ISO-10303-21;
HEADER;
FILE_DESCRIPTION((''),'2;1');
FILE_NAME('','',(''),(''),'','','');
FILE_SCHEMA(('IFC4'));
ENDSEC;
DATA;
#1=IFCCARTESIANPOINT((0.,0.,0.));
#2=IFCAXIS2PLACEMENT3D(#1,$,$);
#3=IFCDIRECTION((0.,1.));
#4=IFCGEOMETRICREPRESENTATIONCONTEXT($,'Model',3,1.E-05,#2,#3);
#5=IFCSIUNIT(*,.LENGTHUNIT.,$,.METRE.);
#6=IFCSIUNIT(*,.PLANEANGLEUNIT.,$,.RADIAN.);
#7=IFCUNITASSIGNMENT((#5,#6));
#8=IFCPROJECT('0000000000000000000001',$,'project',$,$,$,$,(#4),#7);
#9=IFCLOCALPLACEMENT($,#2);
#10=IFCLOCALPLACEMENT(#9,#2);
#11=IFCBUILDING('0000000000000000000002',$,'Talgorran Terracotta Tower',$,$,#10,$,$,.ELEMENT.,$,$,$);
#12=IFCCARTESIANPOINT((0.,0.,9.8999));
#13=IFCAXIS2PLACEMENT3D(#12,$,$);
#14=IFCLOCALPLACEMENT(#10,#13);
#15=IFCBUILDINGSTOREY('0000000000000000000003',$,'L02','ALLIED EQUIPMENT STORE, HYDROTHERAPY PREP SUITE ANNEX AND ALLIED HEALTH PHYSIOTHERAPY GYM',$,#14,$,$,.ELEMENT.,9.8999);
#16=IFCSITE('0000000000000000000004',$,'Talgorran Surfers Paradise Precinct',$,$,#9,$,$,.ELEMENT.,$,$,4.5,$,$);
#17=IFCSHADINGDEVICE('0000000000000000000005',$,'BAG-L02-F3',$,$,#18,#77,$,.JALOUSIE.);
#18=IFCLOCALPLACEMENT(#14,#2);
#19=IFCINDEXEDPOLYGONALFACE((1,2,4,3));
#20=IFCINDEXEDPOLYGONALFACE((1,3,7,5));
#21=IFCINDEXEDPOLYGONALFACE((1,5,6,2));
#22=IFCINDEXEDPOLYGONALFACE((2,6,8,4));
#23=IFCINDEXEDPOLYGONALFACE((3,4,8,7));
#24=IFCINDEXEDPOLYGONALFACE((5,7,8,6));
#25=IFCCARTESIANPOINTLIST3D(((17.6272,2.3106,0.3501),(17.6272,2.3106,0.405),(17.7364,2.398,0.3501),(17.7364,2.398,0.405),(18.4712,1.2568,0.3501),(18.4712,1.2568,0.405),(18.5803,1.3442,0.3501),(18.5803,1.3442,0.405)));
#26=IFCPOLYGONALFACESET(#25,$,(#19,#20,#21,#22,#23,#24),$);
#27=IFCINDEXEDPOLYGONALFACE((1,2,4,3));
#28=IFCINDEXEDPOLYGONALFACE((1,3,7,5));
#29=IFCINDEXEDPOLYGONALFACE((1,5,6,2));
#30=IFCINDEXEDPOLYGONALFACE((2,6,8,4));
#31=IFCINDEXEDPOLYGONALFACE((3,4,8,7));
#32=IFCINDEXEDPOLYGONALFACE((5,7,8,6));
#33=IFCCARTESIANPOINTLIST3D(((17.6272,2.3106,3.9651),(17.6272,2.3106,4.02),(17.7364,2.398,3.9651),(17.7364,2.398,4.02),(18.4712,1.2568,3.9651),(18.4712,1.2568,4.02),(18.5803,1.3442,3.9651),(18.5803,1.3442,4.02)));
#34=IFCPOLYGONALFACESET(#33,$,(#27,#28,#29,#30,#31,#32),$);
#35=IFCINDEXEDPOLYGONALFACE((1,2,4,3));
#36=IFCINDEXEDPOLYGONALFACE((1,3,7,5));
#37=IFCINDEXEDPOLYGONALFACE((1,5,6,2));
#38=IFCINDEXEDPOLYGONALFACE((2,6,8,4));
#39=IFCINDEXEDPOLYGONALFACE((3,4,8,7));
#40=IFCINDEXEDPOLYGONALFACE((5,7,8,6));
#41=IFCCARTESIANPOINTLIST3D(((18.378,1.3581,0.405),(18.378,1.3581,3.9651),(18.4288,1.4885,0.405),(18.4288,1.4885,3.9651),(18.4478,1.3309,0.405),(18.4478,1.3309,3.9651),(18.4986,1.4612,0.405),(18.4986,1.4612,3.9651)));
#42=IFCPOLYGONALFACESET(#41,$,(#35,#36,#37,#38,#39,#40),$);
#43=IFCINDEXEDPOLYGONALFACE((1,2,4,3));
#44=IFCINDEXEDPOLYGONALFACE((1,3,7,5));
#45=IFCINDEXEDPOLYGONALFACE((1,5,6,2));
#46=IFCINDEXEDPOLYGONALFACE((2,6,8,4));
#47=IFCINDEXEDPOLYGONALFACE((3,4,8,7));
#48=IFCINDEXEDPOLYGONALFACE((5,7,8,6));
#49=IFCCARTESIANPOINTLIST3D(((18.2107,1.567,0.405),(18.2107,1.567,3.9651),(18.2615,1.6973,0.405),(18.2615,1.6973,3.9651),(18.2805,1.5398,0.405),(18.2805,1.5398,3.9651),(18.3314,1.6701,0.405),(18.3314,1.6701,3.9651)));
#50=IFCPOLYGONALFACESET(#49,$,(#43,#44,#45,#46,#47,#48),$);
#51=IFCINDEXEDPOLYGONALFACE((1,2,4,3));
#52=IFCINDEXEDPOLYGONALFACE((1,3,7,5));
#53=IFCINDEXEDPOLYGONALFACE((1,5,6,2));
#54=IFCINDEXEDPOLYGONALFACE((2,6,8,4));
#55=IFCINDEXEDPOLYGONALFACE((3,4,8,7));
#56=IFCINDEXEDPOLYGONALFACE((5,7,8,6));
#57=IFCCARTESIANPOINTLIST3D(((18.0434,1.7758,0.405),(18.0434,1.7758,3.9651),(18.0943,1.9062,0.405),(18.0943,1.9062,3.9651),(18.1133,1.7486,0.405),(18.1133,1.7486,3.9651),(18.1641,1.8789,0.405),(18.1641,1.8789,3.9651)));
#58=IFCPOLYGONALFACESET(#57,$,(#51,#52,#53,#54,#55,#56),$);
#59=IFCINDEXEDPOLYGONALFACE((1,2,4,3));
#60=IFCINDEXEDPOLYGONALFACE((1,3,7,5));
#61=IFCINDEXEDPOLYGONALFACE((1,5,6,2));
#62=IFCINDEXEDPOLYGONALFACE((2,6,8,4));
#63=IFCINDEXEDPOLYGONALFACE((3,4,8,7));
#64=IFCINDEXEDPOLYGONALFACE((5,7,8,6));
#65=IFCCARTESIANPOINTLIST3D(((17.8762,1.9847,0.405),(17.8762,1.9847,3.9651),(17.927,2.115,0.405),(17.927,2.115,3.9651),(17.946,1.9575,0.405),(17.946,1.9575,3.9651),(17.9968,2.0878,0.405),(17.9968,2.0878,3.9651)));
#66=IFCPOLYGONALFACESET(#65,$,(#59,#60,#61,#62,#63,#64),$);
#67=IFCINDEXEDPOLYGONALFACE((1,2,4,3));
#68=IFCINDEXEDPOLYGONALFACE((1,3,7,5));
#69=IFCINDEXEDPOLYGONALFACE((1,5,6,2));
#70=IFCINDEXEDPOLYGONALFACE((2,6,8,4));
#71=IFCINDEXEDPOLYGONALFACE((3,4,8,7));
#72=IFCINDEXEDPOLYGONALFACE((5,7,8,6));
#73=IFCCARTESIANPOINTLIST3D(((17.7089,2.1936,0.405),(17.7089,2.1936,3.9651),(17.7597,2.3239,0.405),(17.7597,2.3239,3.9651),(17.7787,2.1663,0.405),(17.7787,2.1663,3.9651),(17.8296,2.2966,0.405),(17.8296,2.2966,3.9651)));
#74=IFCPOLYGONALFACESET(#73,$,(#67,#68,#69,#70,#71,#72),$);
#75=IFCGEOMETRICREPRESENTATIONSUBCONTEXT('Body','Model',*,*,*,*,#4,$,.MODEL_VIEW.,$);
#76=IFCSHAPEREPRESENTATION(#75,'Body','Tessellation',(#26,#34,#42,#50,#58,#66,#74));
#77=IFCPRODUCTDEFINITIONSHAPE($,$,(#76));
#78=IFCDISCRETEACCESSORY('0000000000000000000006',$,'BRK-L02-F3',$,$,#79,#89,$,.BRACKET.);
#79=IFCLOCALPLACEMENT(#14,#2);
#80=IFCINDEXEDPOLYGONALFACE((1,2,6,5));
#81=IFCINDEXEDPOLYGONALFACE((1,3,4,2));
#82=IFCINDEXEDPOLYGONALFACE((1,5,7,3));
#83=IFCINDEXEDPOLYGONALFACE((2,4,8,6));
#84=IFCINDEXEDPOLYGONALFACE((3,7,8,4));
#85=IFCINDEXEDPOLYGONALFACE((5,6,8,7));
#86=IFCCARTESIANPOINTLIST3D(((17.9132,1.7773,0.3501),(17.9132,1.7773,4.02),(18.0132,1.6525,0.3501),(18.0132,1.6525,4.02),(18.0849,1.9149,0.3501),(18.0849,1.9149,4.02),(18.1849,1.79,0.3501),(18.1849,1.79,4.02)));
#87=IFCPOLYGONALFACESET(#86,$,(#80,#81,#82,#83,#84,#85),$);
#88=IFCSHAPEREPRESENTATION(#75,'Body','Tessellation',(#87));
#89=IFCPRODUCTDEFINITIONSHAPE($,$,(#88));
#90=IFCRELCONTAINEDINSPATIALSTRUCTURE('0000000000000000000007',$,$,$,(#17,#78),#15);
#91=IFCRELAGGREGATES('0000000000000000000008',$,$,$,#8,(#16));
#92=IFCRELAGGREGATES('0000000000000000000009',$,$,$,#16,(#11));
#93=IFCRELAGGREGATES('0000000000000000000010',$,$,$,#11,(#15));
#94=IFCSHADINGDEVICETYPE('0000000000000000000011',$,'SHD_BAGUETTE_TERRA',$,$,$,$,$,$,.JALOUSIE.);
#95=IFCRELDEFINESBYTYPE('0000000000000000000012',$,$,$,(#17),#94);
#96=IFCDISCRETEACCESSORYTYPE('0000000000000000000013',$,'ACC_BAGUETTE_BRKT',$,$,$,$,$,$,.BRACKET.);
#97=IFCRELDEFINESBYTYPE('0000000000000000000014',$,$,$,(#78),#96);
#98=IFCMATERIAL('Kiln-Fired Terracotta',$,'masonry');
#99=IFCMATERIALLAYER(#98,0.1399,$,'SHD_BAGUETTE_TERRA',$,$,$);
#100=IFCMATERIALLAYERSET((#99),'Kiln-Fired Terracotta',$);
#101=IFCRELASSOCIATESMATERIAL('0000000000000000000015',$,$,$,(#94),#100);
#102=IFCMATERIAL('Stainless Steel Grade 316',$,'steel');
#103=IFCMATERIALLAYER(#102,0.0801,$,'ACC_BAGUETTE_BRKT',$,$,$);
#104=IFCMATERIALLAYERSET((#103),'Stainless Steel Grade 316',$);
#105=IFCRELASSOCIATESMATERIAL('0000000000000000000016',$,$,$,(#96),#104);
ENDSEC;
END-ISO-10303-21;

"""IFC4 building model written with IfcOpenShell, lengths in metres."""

from ifc_helpers import new_model, si_unit, direction, frame, origin, origin_2d, place, context, subcontext, project, spatial, rectangle, extrude, source, transform, mapped, material, layer, layer_set, type_object, type_shapes, element, save


model = new_model("IFC4")

# Units and contexts
model_context = context("Model", 3, precision=1e-05, world=origin(), true_north=direction((0.0, 1.0)))
body_context = subcontext(model_context, "Body", "Model", "MODEL_VIEW")
ifc_project = project(units=[si_unit("LENGTHUNIT", "METRE"), si_unit("PLANEANGLEUNIT", "RADIAN")], contexts=[model_context])

# Site, building, storey
site_placement = place(None, origin())
site = spatial("IfcSite", under=ifc_project, at=site_placement, Name="Talgorran Surfers Paradise Precinct", CompositionType="ELEMENT", RefElevation=4.5)
building_placement = place(site_placement, origin())
building = spatial("IfcBuilding", under=site, at=building_placement, Name="Talgorran Terracotta Tower", CompositionType="ELEMENT")
storey_placement = place(building_placement, frame((0.0, 0.0, 9.8999)))
storey = spatial("IfcBuildingStorey", under=building, at=storey_placement, Name="L02", Description="ALLIED EQUIPMENT STORE, HYDROTHERAPY PREP SUITE ANNEX AND ALLIED HEALTH PHYSIOTHERAPY GYM", CompositionType="ELEMENT", Elevation=9.8999)

# Shading device
ifc_material_1 = material(Name="Kiln-Fired Terracotta", Category="masonry")
ifc_layer_1 = layer(ifc_material_1, 0.1399, Name="SHD_BAGUETTE_TERRA")
ifc_layer_set_1 = layer_set([ifc_layer_1], Name="Kiln-Fired Terracotta")
shading_device_type = type_object("IfcShadingDeviceType", Name="SHD_BAGUETTE_TERRA", PredefinedType="JALOUSIE", material=ifc_layer_set_1)
shared_shape_1 = source(origin(), body_context, "Body", "SweptSolid", [
    extrude(rectangle(XDim=1.3501, YDim=0.1399, at=origin_2d()), origin(), (0.0, 0.0, 1.0), 0.0549),
    extrude(rectangle(XDim=1.3501, YDim=0.1399, at=origin_2d()), frame((0.0, 0.0, 3.615)), (0.0, 0.0, 1.0), 0.0549),
    extrude(rectangle(XDim=0.075, YDim=0.1399, at=origin_2d()), frame((-0.5352, 0.0, 0.0549), z_axis=(0.0, 0.0, 1.0), x_axis=(0.866025, 0.5, 0.0)), (0.0, 0.0, 1.0), 3.5601),
    extrude(rectangle(XDim=0.075, YDim=0.1399, at=origin_2d()), frame((-0.2676, 0.0, 0.0549), z_axis=(0.0, 0.0, 1.0), x_axis=(0.866025, 0.5, 0.0)), (0.0, 0.0, 1.0), 3.5601),
    extrude(rectangle(XDim=0.075, YDim=0.1399, at=origin_2d()), frame((0.0, 0.0, 0.0549), z_axis=(0.0, 0.0, 1.0), x_axis=(0.866025, 0.5, 0.0)), (0.0, 0.0, 1.0), 3.5601),
    extrude(rectangle(XDim=0.075, YDim=0.1399, at=origin_2d()), frame((0.2676, 0.0, 0.0549), z_axis=(0.0, 0.0, 1.0), x_axis=(0.866025, 0.5, 0.0)), (0.0, 0.0, 1.0), 3.5601),
    extrude(rectangle(XDim=0.075, YDim=0.1399, at=origin_2d()), frame((0.5352, 0.0, 0.0549), z_axis=(0.0, 0.0, 1.0), x_axis=(0.866025, 0.5, 0.0)), (0.0, 0.0, 1.0), 3.5601),
])
type_shapes(shading_device_type, [shared_shape_1])
shading_device_placement = place(storey_placement, frame((18.1038, 1.8274, 0.3501), z_axis=(0.0, 0.0, 1.0), x_axis=(-0.62512, 0.780529, 0.0)))
element("IfcShadingDevice", 1, at=shading_device_placement, inside=storey, type_object=shading_device_type, Name="BAG-L02-F3", PredefinedType="JALOUSIE", context=body_context, shape_type="MappedRepresentation", body=[
    mapped(shared_shape_1, transform((0.0, 0.0, 0.0), scale=1.0)),
])

# Discrete accessory
ifc_material_2 = material(Name="Stainless Steel Grade 316", Category="steel")
ifc_layer_2 = layer(ifc_material_2, 0.0801, Name="ACC_BAGUETTE_BRKT")
ifc_layer_set_2 = layer_set([ifc_layer_2], Name="Stainless Steel Grade 316")
discrete_accessory_type = type_object("IfcDiscreteAccessoryType", Name="ACC_BAGUETTE_BRKT", PredefinedType="BRACKET", material=ifc_layer_set_2)
shared_shape_2 = source(origin(), body_context, "Body", "SweptSolid", [
    extrude(rectangle(XDim=0.1599, YDim=0.22, at=origin_2d()), origin(), (0.0, 0.0, 1.0), 3.6699),
])
type_shapes(discrete_accessory_type, [shared_shape_2])
discrete_accessory_placement = place(storey_placement, frame((18.0491, 1.7837, 0.3501), z_axis=(0.0, 0.0, 1.0), x_axis=(-0.62512, 0.780529, 0.0)))
element("IfcDiscreteAccessory", 2, at=discrete_accessory_placement, inside=storey, type_object=discrete_accessory_type, Name="BRK-L02-F3", PredefinedType="BRACKET", context=body_context, shape_type="MappedRepresentation", body=[
    mapped(shared_shape_2, transform((0.0, 0.0, 0.0), scale=1.0)),
])

save(model, "model.ifc")
